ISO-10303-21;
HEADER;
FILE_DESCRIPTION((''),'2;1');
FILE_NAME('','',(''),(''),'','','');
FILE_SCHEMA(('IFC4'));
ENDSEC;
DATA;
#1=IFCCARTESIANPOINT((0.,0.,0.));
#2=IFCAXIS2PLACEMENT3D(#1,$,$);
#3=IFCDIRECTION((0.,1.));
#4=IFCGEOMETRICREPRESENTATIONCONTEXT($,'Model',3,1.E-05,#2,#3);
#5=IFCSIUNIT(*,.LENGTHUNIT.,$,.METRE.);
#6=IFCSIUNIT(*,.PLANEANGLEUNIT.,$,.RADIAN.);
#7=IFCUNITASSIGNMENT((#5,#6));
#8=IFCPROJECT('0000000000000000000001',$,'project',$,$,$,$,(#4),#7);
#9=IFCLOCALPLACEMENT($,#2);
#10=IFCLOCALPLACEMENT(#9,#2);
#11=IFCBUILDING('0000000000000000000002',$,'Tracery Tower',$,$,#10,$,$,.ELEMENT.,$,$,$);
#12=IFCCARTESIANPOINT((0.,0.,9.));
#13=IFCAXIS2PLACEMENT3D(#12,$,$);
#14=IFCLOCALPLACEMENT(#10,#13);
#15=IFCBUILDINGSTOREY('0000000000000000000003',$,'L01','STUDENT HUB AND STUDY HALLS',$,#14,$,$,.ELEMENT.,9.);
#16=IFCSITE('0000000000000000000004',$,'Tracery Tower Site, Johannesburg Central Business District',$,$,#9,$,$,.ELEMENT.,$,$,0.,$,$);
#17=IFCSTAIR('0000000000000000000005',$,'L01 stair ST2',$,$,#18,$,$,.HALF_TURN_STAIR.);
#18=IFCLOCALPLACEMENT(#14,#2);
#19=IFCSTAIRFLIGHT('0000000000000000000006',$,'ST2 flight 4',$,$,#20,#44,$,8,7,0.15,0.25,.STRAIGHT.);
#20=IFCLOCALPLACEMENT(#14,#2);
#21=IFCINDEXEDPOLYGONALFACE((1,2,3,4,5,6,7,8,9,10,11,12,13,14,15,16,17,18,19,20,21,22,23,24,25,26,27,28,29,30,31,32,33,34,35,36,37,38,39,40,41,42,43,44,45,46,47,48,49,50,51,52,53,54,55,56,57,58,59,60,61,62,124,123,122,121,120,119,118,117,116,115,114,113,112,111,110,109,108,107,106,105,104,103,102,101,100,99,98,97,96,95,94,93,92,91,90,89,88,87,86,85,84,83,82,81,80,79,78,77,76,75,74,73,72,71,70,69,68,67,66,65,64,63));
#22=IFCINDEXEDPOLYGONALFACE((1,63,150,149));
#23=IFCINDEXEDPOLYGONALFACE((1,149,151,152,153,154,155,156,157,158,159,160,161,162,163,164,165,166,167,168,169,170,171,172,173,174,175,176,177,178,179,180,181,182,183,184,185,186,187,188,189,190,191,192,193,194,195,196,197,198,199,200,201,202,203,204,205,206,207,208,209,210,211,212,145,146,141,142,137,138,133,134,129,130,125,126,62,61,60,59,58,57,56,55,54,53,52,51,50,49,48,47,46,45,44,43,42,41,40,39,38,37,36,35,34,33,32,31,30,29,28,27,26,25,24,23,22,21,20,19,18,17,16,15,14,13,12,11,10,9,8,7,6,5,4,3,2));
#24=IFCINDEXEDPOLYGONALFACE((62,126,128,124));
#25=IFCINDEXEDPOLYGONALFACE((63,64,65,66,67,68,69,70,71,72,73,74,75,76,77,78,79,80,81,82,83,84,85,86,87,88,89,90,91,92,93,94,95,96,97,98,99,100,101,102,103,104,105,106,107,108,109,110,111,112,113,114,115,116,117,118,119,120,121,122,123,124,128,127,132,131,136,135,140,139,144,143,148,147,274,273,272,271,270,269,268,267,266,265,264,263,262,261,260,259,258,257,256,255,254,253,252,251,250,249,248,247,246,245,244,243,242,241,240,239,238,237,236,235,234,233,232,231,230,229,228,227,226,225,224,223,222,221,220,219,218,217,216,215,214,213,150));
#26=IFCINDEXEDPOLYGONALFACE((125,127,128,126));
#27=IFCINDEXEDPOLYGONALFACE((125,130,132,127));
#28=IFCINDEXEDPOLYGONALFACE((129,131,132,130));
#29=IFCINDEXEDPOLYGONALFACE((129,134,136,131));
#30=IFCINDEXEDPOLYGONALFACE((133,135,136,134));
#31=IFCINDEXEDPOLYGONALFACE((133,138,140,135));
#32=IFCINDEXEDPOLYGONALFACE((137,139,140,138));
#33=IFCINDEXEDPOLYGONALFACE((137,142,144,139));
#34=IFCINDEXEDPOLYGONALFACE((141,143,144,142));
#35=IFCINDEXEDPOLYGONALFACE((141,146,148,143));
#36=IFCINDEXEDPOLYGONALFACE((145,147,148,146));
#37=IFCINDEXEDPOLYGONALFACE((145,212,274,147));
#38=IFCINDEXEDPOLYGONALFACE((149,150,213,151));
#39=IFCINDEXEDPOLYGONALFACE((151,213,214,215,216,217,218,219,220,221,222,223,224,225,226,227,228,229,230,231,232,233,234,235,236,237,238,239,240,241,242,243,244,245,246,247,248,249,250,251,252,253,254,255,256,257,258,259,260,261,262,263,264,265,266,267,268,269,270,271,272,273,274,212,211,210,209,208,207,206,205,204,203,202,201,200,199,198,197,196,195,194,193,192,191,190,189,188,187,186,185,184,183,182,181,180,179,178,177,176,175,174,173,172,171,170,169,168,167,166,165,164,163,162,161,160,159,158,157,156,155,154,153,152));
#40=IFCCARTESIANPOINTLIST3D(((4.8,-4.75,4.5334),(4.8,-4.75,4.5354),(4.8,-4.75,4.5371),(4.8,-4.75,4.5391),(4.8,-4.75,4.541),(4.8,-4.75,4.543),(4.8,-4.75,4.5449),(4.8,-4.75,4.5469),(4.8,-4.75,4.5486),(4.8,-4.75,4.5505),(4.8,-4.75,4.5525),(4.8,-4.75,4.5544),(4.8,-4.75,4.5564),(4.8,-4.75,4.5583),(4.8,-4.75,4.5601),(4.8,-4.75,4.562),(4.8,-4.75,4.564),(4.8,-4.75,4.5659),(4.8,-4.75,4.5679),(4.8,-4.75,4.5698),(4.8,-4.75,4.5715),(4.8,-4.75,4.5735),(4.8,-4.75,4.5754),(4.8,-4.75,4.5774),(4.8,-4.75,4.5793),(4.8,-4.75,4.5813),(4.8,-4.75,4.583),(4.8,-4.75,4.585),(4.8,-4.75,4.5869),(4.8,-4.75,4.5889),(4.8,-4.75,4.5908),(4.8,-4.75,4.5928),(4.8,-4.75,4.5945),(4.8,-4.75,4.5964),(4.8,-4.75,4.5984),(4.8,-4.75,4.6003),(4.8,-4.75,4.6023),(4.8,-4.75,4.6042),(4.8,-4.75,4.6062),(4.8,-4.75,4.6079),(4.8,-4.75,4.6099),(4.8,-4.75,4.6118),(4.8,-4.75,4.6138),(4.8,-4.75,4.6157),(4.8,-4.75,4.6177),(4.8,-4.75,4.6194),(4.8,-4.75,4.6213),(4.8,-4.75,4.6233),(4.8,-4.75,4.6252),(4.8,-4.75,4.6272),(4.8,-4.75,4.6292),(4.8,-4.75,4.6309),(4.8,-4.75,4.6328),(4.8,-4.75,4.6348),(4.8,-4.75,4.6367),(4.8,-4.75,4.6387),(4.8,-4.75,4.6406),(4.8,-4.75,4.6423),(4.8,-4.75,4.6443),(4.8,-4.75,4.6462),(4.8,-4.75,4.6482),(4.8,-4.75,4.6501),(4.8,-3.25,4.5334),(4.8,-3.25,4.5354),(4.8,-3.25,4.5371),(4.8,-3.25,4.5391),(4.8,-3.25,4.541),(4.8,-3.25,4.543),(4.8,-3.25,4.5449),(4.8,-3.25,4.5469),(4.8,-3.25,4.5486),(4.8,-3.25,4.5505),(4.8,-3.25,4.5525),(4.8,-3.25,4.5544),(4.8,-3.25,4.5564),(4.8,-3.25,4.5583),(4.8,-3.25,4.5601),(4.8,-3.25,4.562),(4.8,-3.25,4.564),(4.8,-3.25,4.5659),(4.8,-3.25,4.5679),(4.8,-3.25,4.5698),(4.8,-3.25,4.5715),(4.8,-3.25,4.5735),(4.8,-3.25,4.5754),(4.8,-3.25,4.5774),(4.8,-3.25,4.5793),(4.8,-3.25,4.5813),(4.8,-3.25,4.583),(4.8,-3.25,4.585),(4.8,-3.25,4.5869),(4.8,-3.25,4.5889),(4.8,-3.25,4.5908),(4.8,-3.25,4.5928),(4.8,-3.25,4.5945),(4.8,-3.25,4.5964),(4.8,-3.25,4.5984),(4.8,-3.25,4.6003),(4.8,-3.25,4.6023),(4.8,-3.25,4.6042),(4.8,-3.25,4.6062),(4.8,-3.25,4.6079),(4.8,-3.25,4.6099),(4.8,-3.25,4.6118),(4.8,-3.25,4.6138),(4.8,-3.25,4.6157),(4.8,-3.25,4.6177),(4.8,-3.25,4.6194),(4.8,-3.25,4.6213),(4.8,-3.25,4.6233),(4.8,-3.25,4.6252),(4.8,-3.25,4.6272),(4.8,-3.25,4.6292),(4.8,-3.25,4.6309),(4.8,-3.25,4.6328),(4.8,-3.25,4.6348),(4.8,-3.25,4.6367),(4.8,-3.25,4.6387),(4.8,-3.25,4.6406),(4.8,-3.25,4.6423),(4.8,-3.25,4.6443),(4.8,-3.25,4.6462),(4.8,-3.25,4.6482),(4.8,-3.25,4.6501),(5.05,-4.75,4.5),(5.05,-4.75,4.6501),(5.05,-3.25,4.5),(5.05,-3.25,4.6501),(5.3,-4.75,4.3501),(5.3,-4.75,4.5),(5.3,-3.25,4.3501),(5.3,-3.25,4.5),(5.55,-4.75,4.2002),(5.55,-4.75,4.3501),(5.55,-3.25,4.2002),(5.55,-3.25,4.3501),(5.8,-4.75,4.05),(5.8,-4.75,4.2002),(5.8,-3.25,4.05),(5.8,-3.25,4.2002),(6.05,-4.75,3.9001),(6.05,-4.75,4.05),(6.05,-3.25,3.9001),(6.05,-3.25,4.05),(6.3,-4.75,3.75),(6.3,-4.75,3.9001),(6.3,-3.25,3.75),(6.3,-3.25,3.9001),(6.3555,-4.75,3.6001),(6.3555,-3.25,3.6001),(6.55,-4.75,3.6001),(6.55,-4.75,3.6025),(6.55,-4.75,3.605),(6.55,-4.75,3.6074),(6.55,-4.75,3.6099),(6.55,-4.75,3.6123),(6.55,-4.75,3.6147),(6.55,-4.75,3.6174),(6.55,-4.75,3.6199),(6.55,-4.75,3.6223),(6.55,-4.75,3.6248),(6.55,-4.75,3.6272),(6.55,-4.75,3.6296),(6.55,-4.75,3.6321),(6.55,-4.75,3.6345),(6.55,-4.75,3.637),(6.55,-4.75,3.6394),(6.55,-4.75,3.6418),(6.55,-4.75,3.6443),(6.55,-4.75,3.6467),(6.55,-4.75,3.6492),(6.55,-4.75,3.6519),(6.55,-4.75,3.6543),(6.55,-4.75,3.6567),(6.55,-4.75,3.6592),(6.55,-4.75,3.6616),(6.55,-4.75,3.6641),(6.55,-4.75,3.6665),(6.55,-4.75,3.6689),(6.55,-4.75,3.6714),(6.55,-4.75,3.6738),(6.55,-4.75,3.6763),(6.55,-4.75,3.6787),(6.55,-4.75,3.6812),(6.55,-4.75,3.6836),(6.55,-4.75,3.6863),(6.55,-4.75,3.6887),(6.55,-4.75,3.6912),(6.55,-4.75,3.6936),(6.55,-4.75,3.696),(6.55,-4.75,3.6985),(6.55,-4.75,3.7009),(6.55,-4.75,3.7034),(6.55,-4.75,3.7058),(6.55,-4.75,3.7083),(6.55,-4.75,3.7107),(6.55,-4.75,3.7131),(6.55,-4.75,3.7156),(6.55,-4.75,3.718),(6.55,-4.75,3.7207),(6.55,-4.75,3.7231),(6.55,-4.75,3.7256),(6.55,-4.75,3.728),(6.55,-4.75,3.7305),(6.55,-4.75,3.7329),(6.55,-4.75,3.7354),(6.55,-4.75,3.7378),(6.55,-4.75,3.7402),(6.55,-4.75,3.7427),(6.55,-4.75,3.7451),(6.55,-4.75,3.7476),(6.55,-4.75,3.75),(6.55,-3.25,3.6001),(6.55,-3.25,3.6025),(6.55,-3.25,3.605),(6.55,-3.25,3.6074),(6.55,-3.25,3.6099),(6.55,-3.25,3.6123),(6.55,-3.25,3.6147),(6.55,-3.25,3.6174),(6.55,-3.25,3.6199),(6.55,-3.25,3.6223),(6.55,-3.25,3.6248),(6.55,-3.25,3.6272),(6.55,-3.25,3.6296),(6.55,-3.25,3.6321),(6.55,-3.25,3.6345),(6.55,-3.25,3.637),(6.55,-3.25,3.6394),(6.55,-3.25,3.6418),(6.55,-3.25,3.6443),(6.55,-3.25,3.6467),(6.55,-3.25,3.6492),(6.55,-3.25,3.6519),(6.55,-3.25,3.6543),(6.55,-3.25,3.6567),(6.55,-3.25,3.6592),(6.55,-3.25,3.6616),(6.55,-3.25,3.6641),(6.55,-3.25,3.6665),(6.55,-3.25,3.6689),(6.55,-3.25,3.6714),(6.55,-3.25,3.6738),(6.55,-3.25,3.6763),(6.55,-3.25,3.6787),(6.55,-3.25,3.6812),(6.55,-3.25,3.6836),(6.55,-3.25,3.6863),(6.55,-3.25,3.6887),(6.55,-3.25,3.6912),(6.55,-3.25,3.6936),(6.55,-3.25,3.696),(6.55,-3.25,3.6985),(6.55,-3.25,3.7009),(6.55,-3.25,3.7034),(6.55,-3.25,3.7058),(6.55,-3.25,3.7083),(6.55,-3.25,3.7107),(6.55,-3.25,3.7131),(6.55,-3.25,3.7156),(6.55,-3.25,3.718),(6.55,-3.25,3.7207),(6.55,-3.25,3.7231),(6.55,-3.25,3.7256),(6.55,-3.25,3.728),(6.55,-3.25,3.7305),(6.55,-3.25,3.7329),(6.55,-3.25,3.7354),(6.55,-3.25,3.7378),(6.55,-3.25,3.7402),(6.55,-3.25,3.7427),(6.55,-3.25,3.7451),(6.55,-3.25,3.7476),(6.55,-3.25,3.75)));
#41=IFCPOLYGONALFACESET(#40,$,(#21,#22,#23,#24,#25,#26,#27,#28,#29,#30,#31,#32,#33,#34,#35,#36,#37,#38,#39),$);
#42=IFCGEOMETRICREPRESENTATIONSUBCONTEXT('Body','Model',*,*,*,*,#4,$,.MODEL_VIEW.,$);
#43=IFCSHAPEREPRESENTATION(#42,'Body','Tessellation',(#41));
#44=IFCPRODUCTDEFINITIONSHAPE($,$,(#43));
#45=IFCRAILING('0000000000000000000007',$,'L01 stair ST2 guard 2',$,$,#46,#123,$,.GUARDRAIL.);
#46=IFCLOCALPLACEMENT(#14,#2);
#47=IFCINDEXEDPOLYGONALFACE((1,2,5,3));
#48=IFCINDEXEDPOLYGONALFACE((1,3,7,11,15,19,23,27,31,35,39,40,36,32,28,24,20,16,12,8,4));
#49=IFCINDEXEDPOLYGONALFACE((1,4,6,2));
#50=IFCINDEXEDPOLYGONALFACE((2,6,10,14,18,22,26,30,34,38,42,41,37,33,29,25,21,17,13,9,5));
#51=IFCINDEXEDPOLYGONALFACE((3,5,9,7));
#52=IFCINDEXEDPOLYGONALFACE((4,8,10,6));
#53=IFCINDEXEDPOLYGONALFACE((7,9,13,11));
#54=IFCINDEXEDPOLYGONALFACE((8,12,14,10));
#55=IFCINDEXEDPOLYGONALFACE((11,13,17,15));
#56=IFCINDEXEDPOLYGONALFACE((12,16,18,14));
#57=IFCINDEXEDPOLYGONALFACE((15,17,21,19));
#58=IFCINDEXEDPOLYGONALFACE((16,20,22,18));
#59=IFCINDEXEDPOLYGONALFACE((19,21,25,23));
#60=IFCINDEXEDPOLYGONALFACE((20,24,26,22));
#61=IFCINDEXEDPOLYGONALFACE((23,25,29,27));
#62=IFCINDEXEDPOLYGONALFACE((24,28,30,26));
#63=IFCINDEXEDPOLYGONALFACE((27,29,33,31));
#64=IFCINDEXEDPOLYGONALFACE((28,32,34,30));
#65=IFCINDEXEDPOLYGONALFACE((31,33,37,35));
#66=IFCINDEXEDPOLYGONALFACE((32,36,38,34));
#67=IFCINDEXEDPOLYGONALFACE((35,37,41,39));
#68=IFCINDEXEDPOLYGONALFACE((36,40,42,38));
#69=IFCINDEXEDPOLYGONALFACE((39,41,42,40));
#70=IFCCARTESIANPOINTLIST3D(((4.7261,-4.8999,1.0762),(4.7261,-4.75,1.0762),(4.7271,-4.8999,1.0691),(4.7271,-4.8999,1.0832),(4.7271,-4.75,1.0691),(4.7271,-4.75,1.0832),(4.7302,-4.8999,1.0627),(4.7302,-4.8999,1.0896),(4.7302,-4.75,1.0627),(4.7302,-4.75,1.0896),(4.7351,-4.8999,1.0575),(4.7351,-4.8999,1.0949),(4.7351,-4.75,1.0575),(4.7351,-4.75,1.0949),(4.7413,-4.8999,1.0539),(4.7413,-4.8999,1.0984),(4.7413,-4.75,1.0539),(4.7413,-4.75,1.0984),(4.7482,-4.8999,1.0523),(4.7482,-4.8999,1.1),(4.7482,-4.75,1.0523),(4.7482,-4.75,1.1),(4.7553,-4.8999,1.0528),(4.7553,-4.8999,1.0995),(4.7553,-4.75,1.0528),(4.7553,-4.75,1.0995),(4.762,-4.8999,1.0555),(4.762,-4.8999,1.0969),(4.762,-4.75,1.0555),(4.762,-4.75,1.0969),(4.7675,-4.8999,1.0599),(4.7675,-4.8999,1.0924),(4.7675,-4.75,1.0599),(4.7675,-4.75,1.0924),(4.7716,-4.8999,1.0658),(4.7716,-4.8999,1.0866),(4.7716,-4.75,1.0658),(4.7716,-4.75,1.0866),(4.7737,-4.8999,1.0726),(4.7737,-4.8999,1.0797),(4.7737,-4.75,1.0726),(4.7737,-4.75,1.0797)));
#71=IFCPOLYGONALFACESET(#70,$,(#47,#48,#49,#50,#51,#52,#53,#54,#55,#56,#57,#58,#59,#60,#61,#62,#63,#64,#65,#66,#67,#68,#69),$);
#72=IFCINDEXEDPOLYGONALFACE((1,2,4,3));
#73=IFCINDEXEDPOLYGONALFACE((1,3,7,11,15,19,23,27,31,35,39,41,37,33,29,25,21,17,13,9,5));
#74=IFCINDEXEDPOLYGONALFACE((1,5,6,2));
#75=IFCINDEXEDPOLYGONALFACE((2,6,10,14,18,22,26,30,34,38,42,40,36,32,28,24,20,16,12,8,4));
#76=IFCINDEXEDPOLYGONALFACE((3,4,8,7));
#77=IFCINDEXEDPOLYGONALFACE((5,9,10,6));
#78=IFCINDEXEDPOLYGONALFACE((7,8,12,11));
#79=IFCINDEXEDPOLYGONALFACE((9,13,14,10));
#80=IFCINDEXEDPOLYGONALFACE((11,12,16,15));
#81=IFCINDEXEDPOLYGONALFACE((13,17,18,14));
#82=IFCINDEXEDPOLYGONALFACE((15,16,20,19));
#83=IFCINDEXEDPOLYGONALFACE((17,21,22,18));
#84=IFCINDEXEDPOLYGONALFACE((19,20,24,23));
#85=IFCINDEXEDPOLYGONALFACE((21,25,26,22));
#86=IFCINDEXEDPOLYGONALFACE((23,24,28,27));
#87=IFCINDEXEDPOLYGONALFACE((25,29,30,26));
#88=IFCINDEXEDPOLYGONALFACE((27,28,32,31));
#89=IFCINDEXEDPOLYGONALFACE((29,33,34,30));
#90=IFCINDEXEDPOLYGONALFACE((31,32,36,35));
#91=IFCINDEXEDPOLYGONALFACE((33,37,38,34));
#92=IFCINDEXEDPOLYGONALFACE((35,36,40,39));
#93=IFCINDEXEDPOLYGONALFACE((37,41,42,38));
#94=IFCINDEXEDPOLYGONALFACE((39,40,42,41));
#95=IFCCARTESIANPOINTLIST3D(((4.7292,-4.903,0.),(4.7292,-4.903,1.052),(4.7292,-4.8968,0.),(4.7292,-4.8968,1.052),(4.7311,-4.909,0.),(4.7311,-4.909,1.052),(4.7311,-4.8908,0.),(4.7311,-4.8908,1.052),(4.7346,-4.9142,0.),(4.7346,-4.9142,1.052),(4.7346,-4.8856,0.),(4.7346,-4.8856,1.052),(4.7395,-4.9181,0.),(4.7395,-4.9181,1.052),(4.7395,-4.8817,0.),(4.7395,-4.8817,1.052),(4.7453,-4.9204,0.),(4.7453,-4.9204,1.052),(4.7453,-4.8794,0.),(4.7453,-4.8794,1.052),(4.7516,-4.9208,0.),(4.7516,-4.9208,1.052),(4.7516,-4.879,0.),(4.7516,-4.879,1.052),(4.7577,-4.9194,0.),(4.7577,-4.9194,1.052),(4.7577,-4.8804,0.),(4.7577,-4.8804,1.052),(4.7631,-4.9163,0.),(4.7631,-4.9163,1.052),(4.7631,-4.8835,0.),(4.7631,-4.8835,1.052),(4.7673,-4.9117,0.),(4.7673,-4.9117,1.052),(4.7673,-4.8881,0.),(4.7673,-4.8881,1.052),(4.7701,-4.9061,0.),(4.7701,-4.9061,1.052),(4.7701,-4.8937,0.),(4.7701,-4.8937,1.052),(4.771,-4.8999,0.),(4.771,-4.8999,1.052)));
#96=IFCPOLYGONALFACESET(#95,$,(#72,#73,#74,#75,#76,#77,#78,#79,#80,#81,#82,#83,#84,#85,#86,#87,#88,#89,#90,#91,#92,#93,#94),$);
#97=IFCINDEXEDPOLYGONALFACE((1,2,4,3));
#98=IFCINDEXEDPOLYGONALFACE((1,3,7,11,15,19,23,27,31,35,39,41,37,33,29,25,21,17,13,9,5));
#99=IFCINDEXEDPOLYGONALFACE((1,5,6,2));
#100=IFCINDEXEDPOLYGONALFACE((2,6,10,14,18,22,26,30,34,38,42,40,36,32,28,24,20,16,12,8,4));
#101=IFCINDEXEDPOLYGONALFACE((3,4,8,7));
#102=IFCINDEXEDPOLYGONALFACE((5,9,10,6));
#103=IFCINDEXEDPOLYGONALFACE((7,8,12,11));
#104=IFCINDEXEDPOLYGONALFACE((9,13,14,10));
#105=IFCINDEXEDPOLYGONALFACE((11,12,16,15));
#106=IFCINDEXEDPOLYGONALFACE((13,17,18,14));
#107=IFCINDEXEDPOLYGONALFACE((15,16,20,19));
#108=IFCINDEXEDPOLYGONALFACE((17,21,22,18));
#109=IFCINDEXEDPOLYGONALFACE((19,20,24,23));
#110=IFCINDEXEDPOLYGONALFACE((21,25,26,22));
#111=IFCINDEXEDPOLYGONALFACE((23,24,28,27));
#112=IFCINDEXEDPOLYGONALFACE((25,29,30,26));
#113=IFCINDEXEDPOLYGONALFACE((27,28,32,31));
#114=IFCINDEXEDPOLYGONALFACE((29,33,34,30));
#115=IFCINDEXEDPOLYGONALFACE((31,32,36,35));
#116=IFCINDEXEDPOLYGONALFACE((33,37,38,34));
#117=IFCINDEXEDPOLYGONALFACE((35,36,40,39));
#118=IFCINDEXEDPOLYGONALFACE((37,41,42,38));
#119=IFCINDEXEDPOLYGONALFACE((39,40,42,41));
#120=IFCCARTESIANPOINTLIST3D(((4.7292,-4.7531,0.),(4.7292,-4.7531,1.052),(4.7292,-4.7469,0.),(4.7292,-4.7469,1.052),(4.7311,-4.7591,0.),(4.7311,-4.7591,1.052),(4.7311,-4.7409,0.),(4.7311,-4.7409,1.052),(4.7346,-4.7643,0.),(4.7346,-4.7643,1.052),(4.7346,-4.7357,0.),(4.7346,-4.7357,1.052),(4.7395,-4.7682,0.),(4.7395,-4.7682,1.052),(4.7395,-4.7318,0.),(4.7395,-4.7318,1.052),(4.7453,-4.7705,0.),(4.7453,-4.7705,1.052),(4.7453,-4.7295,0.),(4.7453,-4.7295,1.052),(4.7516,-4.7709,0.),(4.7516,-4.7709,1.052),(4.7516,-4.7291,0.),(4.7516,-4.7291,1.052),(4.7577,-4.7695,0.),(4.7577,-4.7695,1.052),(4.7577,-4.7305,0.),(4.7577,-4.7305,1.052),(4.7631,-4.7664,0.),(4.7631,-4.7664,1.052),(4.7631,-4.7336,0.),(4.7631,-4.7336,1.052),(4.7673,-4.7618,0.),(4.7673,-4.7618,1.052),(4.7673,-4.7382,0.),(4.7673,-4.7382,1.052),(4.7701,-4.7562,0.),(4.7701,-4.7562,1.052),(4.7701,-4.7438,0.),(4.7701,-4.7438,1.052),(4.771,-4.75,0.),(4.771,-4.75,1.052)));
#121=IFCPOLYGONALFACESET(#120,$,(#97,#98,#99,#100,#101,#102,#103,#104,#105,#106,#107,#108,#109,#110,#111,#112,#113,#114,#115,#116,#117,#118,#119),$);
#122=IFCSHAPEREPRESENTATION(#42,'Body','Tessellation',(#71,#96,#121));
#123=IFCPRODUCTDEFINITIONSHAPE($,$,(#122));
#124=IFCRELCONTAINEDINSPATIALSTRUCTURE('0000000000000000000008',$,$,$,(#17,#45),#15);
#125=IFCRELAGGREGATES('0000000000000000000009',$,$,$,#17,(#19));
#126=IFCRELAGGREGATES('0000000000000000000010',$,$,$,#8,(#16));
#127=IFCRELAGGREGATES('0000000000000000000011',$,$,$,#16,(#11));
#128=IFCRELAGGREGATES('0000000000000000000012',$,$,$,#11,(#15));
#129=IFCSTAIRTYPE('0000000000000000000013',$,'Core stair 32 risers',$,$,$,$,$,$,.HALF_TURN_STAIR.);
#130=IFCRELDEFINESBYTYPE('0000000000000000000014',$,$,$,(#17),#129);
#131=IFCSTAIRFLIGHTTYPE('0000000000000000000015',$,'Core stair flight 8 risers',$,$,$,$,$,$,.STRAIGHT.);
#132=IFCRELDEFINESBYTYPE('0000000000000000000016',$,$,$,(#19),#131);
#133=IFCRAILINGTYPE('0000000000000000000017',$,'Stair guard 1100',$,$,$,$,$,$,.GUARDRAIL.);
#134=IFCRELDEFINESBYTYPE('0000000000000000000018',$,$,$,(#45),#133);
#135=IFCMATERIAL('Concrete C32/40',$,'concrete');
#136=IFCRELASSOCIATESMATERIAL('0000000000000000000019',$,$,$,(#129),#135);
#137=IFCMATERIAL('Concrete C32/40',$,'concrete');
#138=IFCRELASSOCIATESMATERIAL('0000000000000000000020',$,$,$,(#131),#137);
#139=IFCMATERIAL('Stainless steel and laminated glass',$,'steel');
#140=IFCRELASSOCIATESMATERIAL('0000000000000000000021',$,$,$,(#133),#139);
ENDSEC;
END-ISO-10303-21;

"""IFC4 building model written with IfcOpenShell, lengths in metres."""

from ifc_helpers import new_model, si_unit, direction, frame, origin, origin_2d, place, context, subcontext, project, spatial, polyline, circle, outline, extrude, material, type_object, element, aggregate, save


model = new_model("IFC4")

# Units and contexts
model_context = context("Model", 3, precision=1e-05, world=origin(), true_north=direction((0.0, 1.0)))
body_context = subcontext(model_context, "Body", "Model", "MODEL_VIEW")
ifc_project = project(units=[si_unit("LENGTHUNIT", "METRE"), si_unit("PLANEANGLEUNIT", "RADIAN")], contexts=[model_context])

# Site, building, storey
site_placement = place(None, origin())
site = spatial("IfcSite", under=ifc_project, at=site_placement, Name="Tracery Tower Site, Johannesburg Central Business District", CompositionType="ELEMENT", RefElevation=0.0)
building_placement = place(site_placement, origin())
building = spatial("IfcBuilding", under=site, at=building_placement, Name="Tracery Tower", CompositionType="ELEMENT")
storey_placement = place(building_placement, frame((0.0, 0.0, 9.0)))
storey = spatial("IfcBuildingStorey", under=building, at=storey_placement, Name="L01", Description="STUDENT HUB AND STUDY HALLS", CompositionType="ELEMENT", Elevation=9.0)

# Stair, stair flight
ifc_material_1 = material(Name="Concrete C32/40", Category="concrete")
stair_type = type_object("IfcStairType", Name="Core stair 32 risers", PredefinedType="HALF_TURN_STAIR", material=ifc_material_1)
stair_placement = place(storey_placement, origin())
stair = element("IfcStair", 1, at=stair_placement, inside=storey, type_object=stair_type, Name="L01 stair ST2", PredefinedType="HALF_TURN_STAIR")
ifc_material_2 = material(Name="Concrete C32/40", Category="concrete")
stair_flight_type = type_object("IfcStairFlightType", Name="Core stair flight 8 risers", PredefinedType="STRAIGHT", material=ifc_material_2)
stair_flight_1_placement = place(storey_placement, frame((6.55, -4.0, 3.6001), z_axis=(0.0, 0.0, 1.0), x_axis=(-1.0, 0.0, 0.0)))
stair_flight_1 = element("IfcStairFlight", 2, at=stair_flight_1_placement, type_object=stair_flight_type, Name="ST2 flight 4", NumberOfRisers=8, NumberOfTreads=7, PredefinedType="STRAIGHT", RiserHeight=0.15, TreadLength=0.25, context=body_context, shape_type="SweptSolid", body=[
    extrude(outline(polyline([(0.0, 0.0), (0.0, 0.0024), (0.0, 0.0049), (0.0, 0.0073), (0.0, 0.0098), (0.0, 0.0122), (0.0, 0.0146), (0.0, 0.0173), (0.0, 0.0198), (0.0, 0.0222), (0.0, 0.0247), (0.0, 0.0271), (0.0, 0.0295), (0.0, 0.032), (0.0, 0.0344), (0.0, 0.0369), (0.0, 0.0393), (0.0, 0.0417), (0.0, 0.0442), (0.0, 0.0466), (0.0, 0.0491), (0.0, 0.0518), (0.0, 0.0542), (0.0, 0.0566), (0.0, 0.0591), (0.0, 0.0615), (0.0, 0.064), (0.0, 0.0664), (0.0, 0.0688), (0.0, 0.0713), (0.0, 0.0737), (0.0, 0.0762), (0.0, 0.0786), (0.0, 0.0811), (0.0, 0.0835), (0.0, 0.0862), (0.0, 0.0886), (0.0, 0.0911), (0.0, 0.0935), (0.0, 0.0959), (0.0, 0.0984), (0.0, 0.1008), (0.0, 0.1033), (0.0, 0.1057), (0.0, 0.1082), (0.0, 0.1106), (0.0, 0.113), (0.0, 0.1155), (0.0, 0.1179), (0.0, 0.1206), (0.0, 0.123), (0.0, 0.1255), (0.0, 0.1279), (0.0, 0.1304), (0.0, 0.1328), (0.0, 0.1353), (0.0, 0.1377), (0.0, 0.1401), (0.0, 0.1426), (0.0, 0.145), (0.0, 0.1475), (0.0, 0.1499), (0.25, 0.1499), (0.25, 0.3), (0.5, 0.3), (0.5, 0.45), (0.75, 0.45), (0.75, 0.6001), (1.0, 0.6001), (1.0, 0.75), (1.25, 0.75), (1.25, 0.8999), (1.5, 0.8999), (1.5, 1.05), (1.75, 1.05), (1.75, 1.0481), (1.75, 1.0461), (1.75, 1.0442), (1.75, 1.0422), (1.75, 1.0405), (1.75, 1.0386), (1.75, 1.0366), (1.75, 1.0347), (1.75, 1.0327), (1.75, 1.0308), (1.75, 1.0291), (1.75, 1.0271), (1.75, 1.0251), (1.75, 1.0232), (1.75, 1.0212), (1.75, 1.0193), (1.75, 1.0176), (1.75, 1.0156), (1.75, 1.0137), (1.75, 1.0117), (1.75, 1.0098), (1.75, 1.0078), (1.75, 1.0061), (1.75, 1.0042), (1.75, 1.0022), (1.75, 1.0002), (1.75, 0.9983), (1.75, 0.9963), (1.75, 0.9944), (1.75, 0.9927), (1.75, 0.9907), (1.75, 0.9888), (1.75, 0.9868), (1.75, 0.9849), (1.75, 0.9829), (1.75, 0.9812), (1.75, 0.9792), (1.75, 0.9773), (1.75, 0.9753), (1.75, 0.9734), (1.75, 0.9714), (1.75, 0.9697), (1.75, 0.9678), (1.75, 0.9658), (1.75, 0.9639), (1.75, 0.9619), (1.75, 0.96), (1.75, 0.9583), (1.75, 0.9563), (1.75, 0.9543), (1.75, 0.9524), (1.75, 0.9504), (1.75, 0.9485), (1.75, 0.9468), (1.75, 0.9448), (1.75, 0.9429), (1.75, 0.9409), (1.75, 0.939), (1.75, 0.937), (1.75, 0.9353), (1.75, 0.9333), (0.1946, 0.0), (0.0, 0.0)])), frame((0.0, 0.75, 0.0), z_axis=(0.0, -1.0, 0.0), x_axis=(1.0, 0.0, 0.0)), (0.0, 0.0, 1.0), 1.5),
])
aggregate(stair, [stair_flight_1])

# Railing
ifc_material_3 = material(Name="Stainless steel and laminated glass", Category="steel")
railing_type_1 = type_object("IfcRailingType", Name="Stair guard 1100", PredefinedType="GUARDRAIL", material=ifc_material_3)
railing_1_placement = place(storey_placement, frame((4.75, -4.8999, 0.0)))
element("IfcRailing", 3, at=railing_1_placement, inside=storey, type_object=railing_type_1, Name="L01 stair ST2 guard 2", PredefinedType="GUARDRAIL", context=body_context, shape_type="SweptSolid", body=[
    extrude(circle(Radius=0.0239, at=origin_2d()), frame((0.0, 0.0, 1.0762), z_axis=(0.0, 1.0, 0.0), x_axis=(-1.0, 0.0, 0.0)), (0.0, 0.0, 1.0), 0.1499),
    extrude(circle(Radius=0.021, at=origin_2d()), origin(), (0.0, 0.0, 1.0), 1.052),
    extrude(circle(Radius=0.021, at=origin_2d()), frame((0.0, 0.1499, 0.0)), (0.0, 0.0, 1.0), 1.052),
])

save(model, "model.ifc")
